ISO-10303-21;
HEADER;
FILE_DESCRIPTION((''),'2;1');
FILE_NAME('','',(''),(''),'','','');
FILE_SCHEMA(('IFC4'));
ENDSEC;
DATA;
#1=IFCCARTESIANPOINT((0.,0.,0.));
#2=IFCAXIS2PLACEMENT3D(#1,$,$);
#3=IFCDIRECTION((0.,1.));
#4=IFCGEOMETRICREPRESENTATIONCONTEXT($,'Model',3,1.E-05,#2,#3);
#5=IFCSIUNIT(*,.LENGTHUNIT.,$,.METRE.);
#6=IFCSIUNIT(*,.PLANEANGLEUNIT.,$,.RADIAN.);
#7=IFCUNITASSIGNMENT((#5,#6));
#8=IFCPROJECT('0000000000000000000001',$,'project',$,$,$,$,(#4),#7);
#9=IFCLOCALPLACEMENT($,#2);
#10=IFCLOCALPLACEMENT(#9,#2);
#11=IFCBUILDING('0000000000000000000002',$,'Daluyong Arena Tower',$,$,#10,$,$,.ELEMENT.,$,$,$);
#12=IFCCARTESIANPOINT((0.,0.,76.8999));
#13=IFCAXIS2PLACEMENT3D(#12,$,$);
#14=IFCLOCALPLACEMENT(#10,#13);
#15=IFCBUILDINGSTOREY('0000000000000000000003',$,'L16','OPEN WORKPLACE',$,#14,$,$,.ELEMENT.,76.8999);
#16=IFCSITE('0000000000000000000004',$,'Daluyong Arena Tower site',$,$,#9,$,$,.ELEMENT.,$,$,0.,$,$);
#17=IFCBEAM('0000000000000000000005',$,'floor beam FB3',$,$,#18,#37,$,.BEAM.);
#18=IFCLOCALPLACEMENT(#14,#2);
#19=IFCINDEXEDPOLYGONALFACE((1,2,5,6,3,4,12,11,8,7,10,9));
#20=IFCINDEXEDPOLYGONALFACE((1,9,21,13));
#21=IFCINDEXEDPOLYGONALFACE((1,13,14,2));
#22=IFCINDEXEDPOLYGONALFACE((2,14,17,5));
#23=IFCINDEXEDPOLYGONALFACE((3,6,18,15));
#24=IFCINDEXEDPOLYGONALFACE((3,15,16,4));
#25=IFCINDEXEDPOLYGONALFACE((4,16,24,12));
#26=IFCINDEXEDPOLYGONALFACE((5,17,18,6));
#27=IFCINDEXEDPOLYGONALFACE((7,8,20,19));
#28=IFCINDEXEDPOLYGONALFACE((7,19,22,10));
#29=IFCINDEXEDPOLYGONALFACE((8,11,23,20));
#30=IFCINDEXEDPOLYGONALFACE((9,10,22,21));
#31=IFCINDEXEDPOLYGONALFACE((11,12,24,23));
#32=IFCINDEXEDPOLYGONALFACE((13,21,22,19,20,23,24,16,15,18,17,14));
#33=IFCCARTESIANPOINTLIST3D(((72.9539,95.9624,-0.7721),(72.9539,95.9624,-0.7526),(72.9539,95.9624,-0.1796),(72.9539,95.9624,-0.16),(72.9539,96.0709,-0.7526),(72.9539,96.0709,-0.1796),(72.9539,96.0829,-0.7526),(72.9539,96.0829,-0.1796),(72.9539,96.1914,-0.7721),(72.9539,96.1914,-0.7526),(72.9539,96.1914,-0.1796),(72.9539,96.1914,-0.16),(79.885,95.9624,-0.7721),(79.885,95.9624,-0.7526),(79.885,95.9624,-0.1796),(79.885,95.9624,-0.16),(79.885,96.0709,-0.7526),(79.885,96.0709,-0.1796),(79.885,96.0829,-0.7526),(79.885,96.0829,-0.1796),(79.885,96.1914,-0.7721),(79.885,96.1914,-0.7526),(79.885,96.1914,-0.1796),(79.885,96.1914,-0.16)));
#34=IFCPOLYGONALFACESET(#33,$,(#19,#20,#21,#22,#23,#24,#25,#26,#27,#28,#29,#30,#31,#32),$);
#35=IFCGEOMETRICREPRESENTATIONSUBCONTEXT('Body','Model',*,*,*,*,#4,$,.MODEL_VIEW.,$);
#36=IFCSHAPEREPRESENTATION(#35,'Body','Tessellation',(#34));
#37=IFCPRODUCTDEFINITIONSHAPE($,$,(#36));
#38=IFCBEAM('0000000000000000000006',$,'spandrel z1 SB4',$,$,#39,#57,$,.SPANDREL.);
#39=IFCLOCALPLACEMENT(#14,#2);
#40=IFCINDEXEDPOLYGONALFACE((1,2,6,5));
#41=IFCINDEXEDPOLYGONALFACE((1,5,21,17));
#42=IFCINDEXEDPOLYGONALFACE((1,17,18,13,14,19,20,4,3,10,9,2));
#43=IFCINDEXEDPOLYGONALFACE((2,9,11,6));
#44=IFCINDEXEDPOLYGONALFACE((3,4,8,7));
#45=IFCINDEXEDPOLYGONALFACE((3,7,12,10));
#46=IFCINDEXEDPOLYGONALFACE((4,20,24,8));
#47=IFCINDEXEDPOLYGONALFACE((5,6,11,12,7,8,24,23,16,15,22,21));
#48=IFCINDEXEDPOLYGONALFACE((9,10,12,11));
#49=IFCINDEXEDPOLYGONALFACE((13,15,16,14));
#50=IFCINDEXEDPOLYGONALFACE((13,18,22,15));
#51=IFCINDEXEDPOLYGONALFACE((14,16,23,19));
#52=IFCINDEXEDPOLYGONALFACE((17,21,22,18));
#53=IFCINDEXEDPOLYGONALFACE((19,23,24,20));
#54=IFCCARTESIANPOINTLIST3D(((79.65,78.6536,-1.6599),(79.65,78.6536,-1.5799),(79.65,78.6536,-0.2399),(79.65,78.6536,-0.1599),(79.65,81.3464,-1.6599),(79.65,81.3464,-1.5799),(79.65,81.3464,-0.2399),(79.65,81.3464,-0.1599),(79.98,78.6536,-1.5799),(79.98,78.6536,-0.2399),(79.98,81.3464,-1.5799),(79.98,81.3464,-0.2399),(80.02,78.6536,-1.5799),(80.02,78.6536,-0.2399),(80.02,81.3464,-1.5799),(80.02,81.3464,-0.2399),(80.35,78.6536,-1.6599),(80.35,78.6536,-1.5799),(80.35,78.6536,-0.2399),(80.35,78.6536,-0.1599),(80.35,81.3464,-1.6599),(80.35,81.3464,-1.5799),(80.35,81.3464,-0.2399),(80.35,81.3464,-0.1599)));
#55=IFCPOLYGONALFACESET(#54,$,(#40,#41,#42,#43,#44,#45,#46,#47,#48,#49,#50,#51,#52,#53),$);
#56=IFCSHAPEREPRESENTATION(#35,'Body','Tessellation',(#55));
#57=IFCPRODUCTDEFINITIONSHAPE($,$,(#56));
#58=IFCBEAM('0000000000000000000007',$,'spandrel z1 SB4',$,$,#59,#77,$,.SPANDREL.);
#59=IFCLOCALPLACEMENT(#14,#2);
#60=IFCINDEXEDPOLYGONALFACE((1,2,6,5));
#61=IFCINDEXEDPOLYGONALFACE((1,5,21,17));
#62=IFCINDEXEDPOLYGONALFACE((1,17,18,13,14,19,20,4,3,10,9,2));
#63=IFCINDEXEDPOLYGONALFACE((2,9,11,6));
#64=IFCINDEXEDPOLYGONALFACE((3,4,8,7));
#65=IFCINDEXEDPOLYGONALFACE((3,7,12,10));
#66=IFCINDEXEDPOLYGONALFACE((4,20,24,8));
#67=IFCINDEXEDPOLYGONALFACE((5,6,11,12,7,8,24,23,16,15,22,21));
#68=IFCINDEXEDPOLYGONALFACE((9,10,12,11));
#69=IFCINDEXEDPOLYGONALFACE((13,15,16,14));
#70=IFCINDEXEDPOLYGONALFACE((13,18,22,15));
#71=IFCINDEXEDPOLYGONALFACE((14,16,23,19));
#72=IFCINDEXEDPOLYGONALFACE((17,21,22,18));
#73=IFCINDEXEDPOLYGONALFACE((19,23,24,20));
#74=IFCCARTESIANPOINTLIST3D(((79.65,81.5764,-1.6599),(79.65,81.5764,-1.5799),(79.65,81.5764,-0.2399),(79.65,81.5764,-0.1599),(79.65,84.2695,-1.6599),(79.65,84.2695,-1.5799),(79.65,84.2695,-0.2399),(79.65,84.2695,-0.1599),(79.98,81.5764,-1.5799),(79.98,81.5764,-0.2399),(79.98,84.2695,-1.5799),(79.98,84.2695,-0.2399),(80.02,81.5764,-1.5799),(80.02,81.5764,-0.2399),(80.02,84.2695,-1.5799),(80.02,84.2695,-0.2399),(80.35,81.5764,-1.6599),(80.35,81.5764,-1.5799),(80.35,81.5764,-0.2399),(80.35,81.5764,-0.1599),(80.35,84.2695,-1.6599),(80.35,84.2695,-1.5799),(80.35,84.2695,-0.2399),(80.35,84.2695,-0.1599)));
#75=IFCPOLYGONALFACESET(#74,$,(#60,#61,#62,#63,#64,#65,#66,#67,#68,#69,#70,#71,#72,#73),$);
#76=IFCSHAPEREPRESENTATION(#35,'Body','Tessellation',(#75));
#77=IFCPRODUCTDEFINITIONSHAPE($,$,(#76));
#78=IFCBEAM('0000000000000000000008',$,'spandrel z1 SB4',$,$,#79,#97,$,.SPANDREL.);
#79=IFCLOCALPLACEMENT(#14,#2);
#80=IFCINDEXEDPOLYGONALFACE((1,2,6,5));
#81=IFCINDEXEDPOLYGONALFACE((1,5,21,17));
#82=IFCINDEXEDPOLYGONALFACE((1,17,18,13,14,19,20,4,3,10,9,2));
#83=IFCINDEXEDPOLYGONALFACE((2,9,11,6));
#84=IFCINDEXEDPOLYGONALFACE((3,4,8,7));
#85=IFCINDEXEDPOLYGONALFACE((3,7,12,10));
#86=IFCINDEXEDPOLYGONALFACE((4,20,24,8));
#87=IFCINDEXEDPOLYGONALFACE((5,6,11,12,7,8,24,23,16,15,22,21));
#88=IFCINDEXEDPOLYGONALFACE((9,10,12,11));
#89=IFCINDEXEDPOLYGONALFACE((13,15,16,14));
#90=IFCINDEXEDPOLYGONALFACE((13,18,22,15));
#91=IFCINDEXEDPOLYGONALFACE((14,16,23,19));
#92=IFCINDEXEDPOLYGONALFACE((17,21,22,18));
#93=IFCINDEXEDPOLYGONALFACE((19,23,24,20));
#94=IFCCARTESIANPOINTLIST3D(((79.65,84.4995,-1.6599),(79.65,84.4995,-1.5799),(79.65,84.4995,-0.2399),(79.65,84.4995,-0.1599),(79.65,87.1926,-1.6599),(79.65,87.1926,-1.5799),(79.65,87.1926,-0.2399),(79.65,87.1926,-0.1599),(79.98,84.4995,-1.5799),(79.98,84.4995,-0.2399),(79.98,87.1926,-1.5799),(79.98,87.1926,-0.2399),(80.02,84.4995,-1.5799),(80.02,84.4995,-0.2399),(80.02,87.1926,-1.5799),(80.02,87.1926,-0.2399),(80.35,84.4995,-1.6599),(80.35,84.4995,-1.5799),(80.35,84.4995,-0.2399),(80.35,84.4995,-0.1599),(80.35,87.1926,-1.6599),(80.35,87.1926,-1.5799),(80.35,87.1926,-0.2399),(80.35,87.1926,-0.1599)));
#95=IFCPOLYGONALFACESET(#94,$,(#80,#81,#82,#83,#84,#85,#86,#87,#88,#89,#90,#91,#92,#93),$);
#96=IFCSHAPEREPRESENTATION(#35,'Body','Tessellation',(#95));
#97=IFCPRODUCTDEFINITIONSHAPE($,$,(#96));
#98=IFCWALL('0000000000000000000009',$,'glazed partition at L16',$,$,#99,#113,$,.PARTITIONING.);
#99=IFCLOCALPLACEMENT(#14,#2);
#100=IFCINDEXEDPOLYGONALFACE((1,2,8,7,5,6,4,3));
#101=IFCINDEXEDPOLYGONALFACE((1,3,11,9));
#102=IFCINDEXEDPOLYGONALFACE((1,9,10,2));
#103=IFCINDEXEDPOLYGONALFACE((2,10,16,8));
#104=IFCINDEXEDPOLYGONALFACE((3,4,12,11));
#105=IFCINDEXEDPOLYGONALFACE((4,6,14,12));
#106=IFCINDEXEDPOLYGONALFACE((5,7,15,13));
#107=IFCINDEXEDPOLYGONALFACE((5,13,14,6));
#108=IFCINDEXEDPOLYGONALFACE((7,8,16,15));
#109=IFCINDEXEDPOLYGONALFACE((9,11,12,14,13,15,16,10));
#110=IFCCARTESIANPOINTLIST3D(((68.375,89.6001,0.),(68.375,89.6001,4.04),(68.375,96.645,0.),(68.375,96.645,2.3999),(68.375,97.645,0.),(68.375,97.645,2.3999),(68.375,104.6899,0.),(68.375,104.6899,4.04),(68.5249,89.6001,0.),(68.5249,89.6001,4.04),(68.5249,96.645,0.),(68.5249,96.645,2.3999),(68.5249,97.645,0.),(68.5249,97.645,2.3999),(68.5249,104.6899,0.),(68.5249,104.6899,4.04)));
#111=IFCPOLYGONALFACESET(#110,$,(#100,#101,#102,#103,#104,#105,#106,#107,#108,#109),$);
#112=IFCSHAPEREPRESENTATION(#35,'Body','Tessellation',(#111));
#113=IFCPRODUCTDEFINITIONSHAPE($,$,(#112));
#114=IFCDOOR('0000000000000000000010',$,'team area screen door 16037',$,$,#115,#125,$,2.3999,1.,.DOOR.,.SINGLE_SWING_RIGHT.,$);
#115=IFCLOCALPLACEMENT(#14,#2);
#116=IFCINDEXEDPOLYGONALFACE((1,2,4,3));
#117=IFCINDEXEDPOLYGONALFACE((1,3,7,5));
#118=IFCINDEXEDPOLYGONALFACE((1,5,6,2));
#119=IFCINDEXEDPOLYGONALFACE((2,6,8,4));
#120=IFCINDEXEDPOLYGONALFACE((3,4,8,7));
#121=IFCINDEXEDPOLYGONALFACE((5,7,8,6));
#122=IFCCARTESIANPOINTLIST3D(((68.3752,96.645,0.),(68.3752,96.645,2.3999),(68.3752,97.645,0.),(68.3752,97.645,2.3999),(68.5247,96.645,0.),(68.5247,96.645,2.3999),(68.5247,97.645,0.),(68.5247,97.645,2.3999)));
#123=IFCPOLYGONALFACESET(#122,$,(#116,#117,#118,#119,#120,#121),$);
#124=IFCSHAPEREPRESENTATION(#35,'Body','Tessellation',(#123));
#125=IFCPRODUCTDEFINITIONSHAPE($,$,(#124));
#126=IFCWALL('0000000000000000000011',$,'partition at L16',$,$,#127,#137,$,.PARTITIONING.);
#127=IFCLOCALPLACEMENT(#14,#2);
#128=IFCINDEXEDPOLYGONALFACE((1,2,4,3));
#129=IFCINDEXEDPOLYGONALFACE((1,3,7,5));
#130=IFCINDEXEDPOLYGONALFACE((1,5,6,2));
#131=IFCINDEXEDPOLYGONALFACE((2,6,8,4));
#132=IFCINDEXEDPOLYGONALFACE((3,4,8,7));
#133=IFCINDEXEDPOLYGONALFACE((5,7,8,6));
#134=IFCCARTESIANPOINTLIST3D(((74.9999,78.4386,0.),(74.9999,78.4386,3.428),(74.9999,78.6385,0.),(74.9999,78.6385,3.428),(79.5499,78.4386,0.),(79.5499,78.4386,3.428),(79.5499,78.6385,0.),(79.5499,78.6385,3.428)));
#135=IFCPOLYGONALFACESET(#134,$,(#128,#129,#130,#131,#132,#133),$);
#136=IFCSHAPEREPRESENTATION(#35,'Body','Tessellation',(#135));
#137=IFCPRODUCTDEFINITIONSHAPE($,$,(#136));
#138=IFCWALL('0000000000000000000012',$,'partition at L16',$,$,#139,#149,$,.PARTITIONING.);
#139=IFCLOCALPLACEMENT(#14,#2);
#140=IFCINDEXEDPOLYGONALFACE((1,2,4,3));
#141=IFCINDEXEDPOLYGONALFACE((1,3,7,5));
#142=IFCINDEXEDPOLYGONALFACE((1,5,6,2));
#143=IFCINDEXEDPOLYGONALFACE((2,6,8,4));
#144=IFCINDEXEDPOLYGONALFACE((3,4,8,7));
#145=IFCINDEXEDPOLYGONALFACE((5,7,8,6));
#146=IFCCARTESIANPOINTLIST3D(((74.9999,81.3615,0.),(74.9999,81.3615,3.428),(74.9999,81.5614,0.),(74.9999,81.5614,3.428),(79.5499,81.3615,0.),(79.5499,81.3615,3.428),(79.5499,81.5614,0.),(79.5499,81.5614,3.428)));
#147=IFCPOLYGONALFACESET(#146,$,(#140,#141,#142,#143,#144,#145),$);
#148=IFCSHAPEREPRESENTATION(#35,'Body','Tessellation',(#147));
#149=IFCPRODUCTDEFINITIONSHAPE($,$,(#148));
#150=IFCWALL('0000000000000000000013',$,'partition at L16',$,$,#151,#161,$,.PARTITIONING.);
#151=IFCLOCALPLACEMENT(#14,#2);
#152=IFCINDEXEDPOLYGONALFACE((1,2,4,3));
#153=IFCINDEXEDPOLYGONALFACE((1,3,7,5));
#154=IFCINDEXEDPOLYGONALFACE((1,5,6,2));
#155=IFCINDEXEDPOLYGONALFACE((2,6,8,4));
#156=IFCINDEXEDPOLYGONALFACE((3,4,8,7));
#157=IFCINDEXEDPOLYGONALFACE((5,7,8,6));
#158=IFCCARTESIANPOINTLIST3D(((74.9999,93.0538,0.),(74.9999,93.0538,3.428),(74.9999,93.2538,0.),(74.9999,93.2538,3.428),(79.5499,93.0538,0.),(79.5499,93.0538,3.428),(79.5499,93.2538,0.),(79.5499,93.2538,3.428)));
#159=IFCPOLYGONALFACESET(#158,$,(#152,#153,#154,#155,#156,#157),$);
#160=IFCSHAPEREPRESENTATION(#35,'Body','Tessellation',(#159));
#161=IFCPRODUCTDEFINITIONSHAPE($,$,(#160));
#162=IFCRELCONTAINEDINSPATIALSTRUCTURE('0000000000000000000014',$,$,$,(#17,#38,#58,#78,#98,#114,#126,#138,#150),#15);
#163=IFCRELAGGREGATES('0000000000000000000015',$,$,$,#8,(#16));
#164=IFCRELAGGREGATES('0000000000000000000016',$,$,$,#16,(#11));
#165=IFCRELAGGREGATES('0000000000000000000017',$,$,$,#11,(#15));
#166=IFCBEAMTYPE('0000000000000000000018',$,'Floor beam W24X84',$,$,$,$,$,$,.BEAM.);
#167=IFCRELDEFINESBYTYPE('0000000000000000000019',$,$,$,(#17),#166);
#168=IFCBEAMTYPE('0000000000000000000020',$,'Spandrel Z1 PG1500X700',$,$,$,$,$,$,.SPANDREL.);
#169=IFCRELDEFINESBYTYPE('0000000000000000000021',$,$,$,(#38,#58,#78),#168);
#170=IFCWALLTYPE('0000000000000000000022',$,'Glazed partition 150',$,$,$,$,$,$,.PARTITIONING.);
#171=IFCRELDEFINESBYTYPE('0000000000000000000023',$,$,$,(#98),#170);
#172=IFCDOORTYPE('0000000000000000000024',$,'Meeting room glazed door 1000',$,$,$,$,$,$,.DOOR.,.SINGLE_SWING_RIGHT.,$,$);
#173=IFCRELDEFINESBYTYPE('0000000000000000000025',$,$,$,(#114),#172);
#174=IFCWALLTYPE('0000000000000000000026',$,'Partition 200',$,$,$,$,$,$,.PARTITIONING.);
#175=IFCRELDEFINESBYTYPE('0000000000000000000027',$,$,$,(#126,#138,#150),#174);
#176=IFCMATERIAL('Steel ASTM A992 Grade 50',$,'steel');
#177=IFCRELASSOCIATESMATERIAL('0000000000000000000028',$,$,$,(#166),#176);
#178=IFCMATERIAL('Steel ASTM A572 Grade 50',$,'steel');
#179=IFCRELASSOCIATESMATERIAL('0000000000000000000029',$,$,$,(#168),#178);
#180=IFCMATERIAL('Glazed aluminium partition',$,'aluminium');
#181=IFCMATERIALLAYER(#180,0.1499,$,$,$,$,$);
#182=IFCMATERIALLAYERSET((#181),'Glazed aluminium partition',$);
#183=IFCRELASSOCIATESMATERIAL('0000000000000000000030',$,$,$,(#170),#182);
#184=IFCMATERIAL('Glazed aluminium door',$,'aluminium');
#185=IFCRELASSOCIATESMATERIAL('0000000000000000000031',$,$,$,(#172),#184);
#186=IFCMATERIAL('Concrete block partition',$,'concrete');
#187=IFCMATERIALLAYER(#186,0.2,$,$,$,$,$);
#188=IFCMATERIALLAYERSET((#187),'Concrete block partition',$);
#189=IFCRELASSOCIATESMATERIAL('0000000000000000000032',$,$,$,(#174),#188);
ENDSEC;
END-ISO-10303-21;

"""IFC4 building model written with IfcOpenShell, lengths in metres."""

from ifc_helpers import new_model, si_unit, direction, frame, frame_2d, origin, origin_2d, place, context, subcontext, project, spatial, rectangle, i_section, extrude, material, layer, layer_set, material_profile, profile_set, type_object, element, fill, save


model = new_model("IFC4")

# Units and contexts
model_context = context("Model", 3, precision=1e-05, world=origin(), true_north=direction((0.0, 1.0)))
body_context = subcontext(model_context, "Body", "Model", "MODEL_VIEW")
ifc_project = project(units=[si_unit("LENGTHUNIT", "METRE"), si_unit("PLANEANGLEUNIT", "RADIAN")], contexts=[model_context])

# Site, building, storey
site_placement = place(None, origin())
site = spatial("IfcSite", under=ifc_project, at=site_placement, Name="Daluyong Arena Tower site", CompositionType="ELEMENT", RefElevation=0.0)
building_placement = place(site_placement, origin())
building = spatial("IfcBuilding", under=site, at=building_placement, Name="Daluyong Arena Tower", CompositionType="ELEMENT")
storey_placement = place(building_placement, frame((0.0, 0.0, 76.8999)))
storey = spatial("IfcBuildingStorey", under=building, at=storey_placement, Name="L16", Description="OPEN WORKPLACE", CompositionType="ELEMENT", Elevation=76.8999)

# Beams
ifc_material_1 = material(Name="Steel ASTM A992 Grade 50", Category="steel")
ifc_material_profile_1 = material_profile(ifc_material_1, i_section(OverallWidth=0.229, OverallDepth=0.6121, WebThickness=0.012, FlangeThickness=0.0195, at=origin_2d()))
ifc_profile_set_1 = profile_set([ifc_material_profile_1], Name="Steel ASTM A992 Grade 50")
beam_type_1 = type_object("IfcBeamType", Name="Floor beam W24X84", PredefinedType="BEAM", material=ifc_profile_set_1)
beam_1_placement = place(storey_placement, frame((79.885, 96.0769, -0.4661), z_axis=(-1.0, 0.0, 0.0), x_axis=(0.0, -1.0, 0.0)))
element("IfcBeam", 1, at=beam_1_placement, inside=storey, type_object=beam_type_1, Name="floor beam FB3", PredefinedType="BEAM", context=body_context, shape_type="SweptSolid", body=[
    extrude(i_section(OverallWidth=0.229, OverallDepth=0.6121, WebThickness=0.012, FlangeThickness=0.0195, at=origin_2d()), origin(), (0.0, 0.0, 1.0), 6.9312),
])
ifc_material_2 = material(Name="Steel ASTM A572 Grade 50", Category="steel")
ifc_material_profile_2 = material_profile(ifc_material_2, i_section(OverallWidth=0.7, OverallDepth=1.5, WebThickness=0.04, FlangeThickness=0.08, at=origin_2d()))
ifc_profile_set_2 = profile_set([ifc_material_profile_2], Name="Steel ASTM A572 Grade 50")
beam_type_2 = type_object("IfcBeamType", Name="Spandrel Z1 PG1500X700", PredefinedType="SPANDREL", material=ifc_profile_set_2)
beam_2_placement = place(storey_placement, frame((80.0, 78.6536, -0.9099), z_axis=(0.0, 1.0, 0.0), x_axis=(-1.0, 0.0, 0.0)))
element("IfcBeam", 2, at=beam_2_placement, inside=storey, type_object=beam_type_2, Name="spandrel z1 SB4", PredefinedType="SPANDREL", context=body_context, shape_type="SweptSolid", body=[
    extrude(i_section(OverallWidth=0.7, OverallDepth=1.5, WebThickness=0.04, FlangeThickness=0.08, at=origin_2d()), origin(), (0.0, 0.0, 1.0), 2.6929),
])
for number, where, z_axis, x_axis, name in (
    (3, (80.0, 81.5764, -0.9099), (0.0, 1.0, 0.0), (-1.0, 0.0, 0.0), "spandrel z1 SB4"),
    (4, (80.0, 84.4995, -0.9099), (0.0, 1.0, 0.0), (-1.0, 0.0, 0.0), "spandrel z1 SB4"),
):
    element("IfcBeam", number, at=place(storey_placement, frame(where, z_axis=z_axis, x_axis=x_axis)), inside=storey, type_object=beam_type_2, Name=name, PredefinedType="SPANDREL", context=body_context, shape_type="SweptSolid", body=[
        extrude(i_section(OverallWidth=0.7, OverallDepth=1.5, WebThickness=0.04, FlangeThickness=0.08, at=origin_2d()), origin(), (0.0, 0.0, 1.0), 2.6931),
    ])

# Wall, opening, door
ifc_material_3 = material(Name="Glazed aluminium partition", Category="aluminium")
ifc_layer_1 = layer(ifc_material_3, 0.1499)
ifc_layer_set_1 = layer_set([ifc_layer_1], Name="Glazed aluminium partition")
wall_type_1 = type_object("IfcWallType", Name="Glazed partition 150", PredefinedType="PARTITIONING", material=ifc_layer_set_1)
wall_1_placement = place(storey_placement, frame((68.45, 89.6001, 0.0), z_axis=(0.0, 0.0, 1.0), x_axis=(0.0, 1.0, 0.0)))
wall_1 = element("IfcWall", 5, at=wall_1_placement, inside=storey, type_object=wall_type_1, Name="glazed partition at L16", PredefinedType="PARTITIONING", context=body_context, shape_type="SweptSolid", body=[
    extrude(rectangle(XDim=15.0898, YDim=0.1499, at=frame_2d((7.5449, 0.0))), origin(), (0.0, 0.0, 1.0), 4.04),
])
opening_1_placement = place(wall_1_placement, frame((7.0449, 0.0, 0.0)))
opening_1 = element("IfcOpeningElement", 6, at=opening_1_placement, cuts=wall_1, PredefinedType="OPENING", context=body_context, shape_type="SweptSolid", body=[
    extrude(rectangle(XDim=1.0, YDim=2.3999, at=frame_2d((0.5, 1.2))), frame((0.0, 0.085, 0.0), z_axis=(0.0, -1.0, 0.0), x_axis=(1.0, 0.0, 0.0)), (0.0, 0.0, 1.0), 0.1699),
])
ifc_material_4 = material(Name="Glazed aluminium door", Category="aluminium")
door_type_1 = type_object("IfcDoorType", Name="Meeting room glazed door 1000", OperationType="SINGLE_SWING_RIGHT", PredefinedType="DOOR", material=ifc_material_4)
door_1_placement = place(opening_1_placement, origin())
door_1 = element("IfcDoor", 7, at=door_1_placement, inside=storey, type_object=door_type_1, Name="team area screen door 16037", OperationType="SINGLE_SWING_RIGHT", OverallHeight=2.3999, OverallWidth=1.0, PredefinedType="DOOR", context=body_context, shape_type="SweptSolid", body=[
    extrude(rectangle(XDim=1.0, YDim=2.3999, at=frame_2d((0.5, 1.2))), frame((0.0, 0.0747, 0.0), z_axis=(0.0, -1.0, 0.0), x_axis=(1.0, 0.0, 0.0)), (0.0, 0.0, 1.0), 0.1494),
])
fill(opening_1, door_1)

# Walls
ifc_material_5 = material(Name="Concrete block partition", Category="concrete")
ifc_layer_2 = layer(ifc_material_5, 0.2)
ifc_layer_set_2 = layer_set([ifc_layer_2], Name="Concrete block partition")
wall_type_2 = type_object("IfcWallType", Name="Partition 200", PredefinedType="PARTITIONING", material=ifc_layer_set_2)
for number, where, z_axis, x_axis, name in (
    (8, (75.0, 78.5386, 0.0), (0.0, 0.0, 1.0), (1.0, 0.0, 0.0), "partition at L16"),
    (9, (75.0, 81.4614, 0.0), (0.0, 0.0, 1.0), (1.0, 0.0, 0.0), "partition at L16"),
    (10, (75.0, 93.1538, 0.0), (0.0, 0.0, 1.0), (1.0, 0.0, 0.0), "partition at L16"),
):
    element("IfcWall", number, at=place(storey_placement, frame(where, z_axis=z_axis, x_axis=x_axis)), inside=storey, type_object=wall_type_2, Name=name, PredefinedType="PARTITIONING", context=body_context, shape_type="SweptSolid", body=[
        extrude(rectangle(XDim=4.55, YDim=0.2, at=frame_2d((2.2749, 0.0))), origin(), (0.0, 0.0, 1.0), 3.428),
    ])

save(model, "model.ifc")
